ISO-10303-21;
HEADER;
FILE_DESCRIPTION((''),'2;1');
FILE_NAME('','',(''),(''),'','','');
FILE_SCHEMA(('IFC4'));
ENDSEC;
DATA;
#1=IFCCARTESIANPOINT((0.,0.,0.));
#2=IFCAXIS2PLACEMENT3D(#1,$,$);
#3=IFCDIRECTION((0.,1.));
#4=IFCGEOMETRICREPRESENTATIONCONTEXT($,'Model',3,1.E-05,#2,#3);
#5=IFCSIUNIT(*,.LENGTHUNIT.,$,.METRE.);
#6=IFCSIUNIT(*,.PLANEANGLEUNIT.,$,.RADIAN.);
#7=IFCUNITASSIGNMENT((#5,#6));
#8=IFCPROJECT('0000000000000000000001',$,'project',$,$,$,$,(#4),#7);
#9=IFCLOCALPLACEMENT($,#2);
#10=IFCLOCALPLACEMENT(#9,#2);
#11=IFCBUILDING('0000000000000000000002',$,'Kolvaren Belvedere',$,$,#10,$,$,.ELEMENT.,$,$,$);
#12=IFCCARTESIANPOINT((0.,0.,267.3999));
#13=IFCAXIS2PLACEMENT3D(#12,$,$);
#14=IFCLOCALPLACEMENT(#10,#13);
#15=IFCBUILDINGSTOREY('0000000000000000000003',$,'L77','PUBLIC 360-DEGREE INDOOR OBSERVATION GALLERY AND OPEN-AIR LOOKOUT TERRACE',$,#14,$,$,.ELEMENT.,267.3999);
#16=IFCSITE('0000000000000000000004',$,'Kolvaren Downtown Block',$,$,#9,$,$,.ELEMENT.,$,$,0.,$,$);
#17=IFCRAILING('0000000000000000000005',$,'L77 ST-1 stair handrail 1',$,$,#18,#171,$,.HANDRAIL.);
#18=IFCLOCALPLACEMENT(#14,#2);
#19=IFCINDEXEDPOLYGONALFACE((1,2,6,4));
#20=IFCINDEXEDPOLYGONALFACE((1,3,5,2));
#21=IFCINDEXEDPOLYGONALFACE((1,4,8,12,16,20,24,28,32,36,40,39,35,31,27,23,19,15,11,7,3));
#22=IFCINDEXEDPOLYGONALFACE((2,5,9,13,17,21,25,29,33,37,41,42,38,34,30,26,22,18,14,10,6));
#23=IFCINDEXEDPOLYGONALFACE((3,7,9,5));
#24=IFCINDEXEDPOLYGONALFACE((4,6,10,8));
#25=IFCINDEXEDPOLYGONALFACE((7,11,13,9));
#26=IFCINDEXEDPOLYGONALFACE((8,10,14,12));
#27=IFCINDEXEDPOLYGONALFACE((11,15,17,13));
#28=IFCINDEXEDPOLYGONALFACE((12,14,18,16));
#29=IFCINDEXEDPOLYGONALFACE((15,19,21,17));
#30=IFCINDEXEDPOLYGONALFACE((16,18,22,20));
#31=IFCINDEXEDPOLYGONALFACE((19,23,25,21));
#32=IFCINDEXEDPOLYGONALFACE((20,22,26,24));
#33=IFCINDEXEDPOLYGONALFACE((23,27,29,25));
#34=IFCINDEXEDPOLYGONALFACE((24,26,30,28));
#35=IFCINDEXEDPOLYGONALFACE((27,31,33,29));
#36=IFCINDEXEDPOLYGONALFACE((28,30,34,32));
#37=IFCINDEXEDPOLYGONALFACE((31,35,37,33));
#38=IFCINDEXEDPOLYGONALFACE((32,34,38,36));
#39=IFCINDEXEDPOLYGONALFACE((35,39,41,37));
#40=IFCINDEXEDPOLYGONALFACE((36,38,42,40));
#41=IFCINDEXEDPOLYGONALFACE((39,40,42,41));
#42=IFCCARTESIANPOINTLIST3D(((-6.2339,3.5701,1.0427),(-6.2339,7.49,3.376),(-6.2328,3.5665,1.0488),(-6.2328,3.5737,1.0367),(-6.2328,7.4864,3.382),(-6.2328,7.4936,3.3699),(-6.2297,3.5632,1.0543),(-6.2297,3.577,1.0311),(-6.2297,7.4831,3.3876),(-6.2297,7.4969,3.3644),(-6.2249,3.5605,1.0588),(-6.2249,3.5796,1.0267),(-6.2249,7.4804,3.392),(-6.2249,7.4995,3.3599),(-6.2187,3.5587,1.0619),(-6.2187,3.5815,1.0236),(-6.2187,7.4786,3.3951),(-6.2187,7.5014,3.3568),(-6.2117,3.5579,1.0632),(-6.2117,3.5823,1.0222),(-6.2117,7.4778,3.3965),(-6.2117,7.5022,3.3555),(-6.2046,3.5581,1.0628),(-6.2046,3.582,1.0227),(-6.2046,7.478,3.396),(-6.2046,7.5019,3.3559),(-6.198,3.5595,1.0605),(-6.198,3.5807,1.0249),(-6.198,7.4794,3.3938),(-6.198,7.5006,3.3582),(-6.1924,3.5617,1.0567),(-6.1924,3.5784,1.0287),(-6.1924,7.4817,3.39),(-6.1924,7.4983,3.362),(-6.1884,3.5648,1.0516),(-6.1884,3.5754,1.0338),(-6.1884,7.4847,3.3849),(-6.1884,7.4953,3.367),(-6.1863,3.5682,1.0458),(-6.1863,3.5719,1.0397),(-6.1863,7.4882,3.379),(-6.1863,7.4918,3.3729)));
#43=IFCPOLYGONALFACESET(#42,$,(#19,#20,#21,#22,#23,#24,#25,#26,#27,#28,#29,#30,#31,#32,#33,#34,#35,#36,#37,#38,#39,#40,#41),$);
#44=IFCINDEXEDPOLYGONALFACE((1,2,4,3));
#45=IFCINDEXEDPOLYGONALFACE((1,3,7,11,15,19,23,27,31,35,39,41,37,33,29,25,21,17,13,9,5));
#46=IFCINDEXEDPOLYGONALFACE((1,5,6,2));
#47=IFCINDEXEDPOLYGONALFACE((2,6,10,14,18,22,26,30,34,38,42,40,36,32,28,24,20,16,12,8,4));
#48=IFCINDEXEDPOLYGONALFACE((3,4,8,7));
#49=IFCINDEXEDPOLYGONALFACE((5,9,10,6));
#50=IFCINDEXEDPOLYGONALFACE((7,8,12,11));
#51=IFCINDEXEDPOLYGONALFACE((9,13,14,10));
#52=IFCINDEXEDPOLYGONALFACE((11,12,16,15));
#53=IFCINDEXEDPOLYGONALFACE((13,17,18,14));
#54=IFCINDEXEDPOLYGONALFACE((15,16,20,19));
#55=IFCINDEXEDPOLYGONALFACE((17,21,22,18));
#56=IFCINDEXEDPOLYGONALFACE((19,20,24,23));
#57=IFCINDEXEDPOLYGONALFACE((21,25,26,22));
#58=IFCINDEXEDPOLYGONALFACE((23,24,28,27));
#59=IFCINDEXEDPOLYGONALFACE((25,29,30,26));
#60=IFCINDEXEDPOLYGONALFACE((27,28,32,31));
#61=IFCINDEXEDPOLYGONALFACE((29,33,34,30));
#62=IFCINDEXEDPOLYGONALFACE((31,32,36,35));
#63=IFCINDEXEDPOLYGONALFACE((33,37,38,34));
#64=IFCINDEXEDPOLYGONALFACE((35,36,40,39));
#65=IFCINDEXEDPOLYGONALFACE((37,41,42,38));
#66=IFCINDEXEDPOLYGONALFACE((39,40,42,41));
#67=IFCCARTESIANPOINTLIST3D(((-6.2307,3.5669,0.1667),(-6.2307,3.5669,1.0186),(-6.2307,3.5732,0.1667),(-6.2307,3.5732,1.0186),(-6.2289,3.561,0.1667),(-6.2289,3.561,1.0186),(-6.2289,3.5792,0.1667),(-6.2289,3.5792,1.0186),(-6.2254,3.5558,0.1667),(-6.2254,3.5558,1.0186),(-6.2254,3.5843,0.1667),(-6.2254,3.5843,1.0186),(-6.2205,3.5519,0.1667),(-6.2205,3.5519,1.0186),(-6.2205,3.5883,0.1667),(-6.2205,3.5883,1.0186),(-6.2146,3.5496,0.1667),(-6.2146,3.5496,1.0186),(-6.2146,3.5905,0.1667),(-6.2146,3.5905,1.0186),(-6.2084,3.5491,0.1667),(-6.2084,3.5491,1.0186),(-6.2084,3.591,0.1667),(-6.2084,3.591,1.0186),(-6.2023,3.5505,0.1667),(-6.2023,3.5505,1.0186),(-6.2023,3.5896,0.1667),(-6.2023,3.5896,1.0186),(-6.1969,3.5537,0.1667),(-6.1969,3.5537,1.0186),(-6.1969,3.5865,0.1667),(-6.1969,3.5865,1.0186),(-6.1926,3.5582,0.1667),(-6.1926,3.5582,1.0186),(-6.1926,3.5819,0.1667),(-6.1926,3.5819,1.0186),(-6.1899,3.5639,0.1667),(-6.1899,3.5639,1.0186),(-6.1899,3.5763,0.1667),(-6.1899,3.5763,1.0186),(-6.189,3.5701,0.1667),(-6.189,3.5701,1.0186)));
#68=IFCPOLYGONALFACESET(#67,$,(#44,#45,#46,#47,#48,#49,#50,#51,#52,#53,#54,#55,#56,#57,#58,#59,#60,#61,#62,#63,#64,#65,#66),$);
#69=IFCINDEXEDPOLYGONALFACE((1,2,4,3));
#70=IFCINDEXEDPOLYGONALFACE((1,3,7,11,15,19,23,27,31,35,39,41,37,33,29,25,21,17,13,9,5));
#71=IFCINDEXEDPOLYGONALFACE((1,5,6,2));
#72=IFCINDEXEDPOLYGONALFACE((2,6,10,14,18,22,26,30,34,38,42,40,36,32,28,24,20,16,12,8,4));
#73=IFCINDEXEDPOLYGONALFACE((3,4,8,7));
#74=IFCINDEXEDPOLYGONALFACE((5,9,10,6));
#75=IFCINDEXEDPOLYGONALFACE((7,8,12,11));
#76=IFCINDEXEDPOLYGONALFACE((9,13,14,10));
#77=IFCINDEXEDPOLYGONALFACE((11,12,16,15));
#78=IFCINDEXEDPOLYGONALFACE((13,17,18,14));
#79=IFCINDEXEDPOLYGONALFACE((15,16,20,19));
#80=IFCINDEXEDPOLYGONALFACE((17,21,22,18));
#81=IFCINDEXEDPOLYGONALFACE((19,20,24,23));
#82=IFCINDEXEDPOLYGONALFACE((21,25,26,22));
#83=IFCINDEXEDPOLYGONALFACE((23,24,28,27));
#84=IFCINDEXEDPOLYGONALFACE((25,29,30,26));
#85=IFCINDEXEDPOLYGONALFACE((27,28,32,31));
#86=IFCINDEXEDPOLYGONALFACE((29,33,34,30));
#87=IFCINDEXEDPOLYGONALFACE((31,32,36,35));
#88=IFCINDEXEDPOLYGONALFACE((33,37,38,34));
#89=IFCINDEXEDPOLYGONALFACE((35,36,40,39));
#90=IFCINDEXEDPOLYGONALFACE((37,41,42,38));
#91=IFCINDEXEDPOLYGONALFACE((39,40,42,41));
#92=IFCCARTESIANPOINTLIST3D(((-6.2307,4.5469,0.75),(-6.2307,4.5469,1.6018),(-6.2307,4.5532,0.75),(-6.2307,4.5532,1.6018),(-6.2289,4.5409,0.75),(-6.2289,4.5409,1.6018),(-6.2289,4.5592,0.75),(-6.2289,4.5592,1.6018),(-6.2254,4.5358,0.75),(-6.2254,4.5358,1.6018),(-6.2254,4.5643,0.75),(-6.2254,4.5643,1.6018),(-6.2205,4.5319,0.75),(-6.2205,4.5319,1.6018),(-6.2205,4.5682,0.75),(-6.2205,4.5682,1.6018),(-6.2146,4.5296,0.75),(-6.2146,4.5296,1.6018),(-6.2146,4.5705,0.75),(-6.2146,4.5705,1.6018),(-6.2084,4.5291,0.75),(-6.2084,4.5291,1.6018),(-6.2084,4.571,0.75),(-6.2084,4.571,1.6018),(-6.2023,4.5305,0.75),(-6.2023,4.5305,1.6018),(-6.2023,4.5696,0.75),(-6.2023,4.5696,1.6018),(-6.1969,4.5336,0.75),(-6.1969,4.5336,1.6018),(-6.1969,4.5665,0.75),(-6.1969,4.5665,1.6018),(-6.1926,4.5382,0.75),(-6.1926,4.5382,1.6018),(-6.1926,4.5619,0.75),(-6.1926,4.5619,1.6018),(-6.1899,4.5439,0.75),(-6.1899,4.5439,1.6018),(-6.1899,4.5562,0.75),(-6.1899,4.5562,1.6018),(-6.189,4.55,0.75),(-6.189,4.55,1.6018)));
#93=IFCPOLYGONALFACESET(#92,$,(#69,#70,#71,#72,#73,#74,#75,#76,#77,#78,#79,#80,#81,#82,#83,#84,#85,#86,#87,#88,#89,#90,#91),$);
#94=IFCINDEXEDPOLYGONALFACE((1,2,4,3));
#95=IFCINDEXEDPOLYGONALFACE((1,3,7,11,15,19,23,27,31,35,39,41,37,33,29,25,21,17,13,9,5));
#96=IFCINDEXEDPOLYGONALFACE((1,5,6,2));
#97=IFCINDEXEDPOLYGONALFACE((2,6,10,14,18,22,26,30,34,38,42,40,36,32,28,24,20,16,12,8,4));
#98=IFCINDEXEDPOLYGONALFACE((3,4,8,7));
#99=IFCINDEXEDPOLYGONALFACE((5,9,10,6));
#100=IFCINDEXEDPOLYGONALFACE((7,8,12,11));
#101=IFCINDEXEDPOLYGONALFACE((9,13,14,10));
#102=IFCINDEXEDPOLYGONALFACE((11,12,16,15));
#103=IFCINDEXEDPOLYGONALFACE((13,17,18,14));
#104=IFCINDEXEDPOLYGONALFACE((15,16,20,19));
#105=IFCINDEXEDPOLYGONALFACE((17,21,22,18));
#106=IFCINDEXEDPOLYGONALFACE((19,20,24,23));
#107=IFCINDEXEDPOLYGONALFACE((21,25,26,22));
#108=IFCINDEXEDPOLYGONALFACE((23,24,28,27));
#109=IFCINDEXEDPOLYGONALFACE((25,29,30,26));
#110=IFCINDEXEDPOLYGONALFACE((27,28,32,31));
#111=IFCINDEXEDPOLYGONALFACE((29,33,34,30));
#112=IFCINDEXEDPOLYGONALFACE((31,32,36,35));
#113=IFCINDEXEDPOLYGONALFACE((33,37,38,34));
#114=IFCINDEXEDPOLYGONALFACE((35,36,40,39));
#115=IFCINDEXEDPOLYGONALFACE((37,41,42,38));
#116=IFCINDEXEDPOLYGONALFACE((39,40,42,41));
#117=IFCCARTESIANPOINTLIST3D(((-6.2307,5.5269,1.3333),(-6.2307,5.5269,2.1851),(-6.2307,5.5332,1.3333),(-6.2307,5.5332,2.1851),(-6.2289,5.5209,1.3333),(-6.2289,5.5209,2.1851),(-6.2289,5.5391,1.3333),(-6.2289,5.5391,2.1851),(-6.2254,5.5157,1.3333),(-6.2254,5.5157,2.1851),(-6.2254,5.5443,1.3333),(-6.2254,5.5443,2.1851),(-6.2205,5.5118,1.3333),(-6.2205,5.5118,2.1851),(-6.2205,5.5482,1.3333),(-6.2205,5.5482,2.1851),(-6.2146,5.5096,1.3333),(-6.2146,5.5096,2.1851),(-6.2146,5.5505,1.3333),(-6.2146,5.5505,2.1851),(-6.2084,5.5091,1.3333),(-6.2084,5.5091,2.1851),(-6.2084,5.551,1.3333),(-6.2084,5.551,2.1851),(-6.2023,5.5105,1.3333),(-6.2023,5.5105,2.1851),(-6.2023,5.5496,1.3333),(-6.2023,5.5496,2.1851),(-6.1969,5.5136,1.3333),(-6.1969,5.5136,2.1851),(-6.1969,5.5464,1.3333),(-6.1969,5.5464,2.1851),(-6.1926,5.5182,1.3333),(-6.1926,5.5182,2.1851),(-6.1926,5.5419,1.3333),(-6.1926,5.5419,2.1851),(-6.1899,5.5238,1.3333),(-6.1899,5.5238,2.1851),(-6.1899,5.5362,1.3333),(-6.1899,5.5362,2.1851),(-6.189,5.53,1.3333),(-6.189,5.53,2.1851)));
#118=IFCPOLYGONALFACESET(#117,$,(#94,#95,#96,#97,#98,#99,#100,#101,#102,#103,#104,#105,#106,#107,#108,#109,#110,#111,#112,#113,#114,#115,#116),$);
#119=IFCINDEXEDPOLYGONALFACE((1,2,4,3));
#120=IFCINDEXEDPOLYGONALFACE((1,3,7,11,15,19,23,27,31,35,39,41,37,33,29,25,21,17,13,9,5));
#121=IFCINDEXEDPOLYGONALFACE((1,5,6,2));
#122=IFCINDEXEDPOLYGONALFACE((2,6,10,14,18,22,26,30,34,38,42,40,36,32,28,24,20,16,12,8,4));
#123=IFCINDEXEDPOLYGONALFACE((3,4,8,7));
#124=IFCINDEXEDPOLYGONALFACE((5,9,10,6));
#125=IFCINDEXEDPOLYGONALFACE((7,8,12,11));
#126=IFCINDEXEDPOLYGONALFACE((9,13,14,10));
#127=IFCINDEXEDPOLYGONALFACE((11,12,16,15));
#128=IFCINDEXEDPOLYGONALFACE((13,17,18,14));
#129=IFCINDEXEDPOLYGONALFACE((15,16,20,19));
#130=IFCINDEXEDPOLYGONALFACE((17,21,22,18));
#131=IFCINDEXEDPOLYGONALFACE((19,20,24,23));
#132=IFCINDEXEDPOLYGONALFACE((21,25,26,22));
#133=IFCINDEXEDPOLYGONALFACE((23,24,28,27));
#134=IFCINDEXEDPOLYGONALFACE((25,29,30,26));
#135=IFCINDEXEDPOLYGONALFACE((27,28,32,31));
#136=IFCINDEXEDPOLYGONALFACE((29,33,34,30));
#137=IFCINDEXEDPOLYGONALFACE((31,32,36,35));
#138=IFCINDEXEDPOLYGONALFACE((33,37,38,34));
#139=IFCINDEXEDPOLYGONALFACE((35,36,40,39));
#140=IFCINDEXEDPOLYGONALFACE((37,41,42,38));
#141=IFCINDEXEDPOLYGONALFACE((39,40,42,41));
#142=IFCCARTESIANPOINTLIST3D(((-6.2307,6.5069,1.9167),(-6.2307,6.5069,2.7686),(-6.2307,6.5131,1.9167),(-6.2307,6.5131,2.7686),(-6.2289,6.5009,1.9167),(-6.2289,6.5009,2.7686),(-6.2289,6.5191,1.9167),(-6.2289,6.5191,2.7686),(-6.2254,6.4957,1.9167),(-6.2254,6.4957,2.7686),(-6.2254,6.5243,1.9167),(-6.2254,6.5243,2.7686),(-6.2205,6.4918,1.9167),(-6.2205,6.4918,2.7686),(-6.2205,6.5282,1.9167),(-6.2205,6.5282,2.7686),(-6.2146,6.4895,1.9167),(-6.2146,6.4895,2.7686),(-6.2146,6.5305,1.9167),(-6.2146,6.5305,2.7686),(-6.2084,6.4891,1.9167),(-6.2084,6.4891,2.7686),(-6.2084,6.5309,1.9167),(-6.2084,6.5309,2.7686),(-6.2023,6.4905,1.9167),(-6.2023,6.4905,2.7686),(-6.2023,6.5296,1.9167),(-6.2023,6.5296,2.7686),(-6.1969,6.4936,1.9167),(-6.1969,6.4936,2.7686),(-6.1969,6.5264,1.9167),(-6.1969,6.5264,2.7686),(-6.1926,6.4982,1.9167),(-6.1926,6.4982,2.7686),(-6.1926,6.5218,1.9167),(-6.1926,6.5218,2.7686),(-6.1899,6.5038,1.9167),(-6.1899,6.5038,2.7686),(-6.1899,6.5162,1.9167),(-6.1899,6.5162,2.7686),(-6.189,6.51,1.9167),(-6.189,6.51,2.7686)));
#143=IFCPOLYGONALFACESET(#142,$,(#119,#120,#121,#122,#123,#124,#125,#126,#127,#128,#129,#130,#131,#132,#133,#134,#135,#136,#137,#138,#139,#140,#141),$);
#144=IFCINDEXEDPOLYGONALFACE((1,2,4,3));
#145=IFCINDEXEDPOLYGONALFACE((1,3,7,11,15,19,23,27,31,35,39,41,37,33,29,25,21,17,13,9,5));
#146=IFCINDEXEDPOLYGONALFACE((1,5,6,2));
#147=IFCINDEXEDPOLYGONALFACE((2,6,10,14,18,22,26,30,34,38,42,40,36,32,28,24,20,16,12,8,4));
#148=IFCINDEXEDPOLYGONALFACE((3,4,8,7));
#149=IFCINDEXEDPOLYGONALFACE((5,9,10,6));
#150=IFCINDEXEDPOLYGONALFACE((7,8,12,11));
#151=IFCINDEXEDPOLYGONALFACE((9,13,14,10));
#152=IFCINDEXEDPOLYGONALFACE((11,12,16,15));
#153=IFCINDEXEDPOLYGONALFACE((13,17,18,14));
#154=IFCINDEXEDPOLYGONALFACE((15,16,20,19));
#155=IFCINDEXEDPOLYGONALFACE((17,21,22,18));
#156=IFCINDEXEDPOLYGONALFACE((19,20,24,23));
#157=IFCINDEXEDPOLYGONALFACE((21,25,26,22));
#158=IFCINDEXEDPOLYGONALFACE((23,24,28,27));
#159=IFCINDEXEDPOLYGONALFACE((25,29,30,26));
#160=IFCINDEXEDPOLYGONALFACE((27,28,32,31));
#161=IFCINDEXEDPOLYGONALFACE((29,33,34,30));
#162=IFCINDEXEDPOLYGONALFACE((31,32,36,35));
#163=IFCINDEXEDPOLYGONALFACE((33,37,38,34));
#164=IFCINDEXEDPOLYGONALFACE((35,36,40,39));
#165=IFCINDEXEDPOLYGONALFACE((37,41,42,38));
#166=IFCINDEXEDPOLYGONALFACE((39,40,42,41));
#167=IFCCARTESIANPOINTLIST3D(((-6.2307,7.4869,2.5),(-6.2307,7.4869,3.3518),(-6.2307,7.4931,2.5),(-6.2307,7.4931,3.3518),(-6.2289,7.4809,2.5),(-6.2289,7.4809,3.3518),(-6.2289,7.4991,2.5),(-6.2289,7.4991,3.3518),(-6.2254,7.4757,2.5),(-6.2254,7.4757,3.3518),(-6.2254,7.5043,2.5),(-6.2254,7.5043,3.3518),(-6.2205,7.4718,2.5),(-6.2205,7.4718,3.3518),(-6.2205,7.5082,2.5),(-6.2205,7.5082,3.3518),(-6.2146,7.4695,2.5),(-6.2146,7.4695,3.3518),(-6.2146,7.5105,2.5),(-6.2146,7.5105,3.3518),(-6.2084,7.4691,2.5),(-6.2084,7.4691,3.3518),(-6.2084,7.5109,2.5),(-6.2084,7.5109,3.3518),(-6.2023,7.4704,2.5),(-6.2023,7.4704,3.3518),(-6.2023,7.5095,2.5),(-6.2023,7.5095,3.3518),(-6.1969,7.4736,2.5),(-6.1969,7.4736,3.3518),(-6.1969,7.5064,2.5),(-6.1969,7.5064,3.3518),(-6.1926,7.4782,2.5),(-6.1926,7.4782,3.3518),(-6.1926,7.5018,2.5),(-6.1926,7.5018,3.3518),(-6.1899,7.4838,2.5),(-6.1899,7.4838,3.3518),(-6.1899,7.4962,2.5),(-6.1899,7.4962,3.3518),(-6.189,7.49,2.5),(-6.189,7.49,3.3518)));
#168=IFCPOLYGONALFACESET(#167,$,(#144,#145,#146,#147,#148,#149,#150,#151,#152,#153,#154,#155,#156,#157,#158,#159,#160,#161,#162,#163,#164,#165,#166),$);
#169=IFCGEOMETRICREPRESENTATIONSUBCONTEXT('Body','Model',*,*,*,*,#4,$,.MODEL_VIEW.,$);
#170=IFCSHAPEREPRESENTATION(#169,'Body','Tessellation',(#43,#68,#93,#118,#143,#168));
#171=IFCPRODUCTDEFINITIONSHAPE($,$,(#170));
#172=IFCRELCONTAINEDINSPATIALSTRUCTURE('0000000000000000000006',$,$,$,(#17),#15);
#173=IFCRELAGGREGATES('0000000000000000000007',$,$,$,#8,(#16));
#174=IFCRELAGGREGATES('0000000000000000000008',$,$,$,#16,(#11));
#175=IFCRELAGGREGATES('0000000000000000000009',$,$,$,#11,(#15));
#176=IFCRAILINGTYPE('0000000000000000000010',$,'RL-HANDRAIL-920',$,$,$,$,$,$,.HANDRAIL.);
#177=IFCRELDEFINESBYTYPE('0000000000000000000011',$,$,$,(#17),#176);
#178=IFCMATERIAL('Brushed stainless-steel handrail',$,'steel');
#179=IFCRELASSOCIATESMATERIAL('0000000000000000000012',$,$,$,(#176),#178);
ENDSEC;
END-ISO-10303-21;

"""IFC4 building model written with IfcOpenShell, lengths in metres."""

from ifc_helpers import new_model, si_unit, direction, frame, origin, origin_2d, place, context, subcontext, project, spatial, circle, extrude, material, type_object, element, save


model = new_model("IFC4")

# Units and contexts
model_context = context("Model", 3, precision=1e-05, world=origin(), true_north=direction((0.0, 1.0)))
body_context = subcontext(model_context, "Body", "Model", "MODEL_VIEW")
ifc_project = project(units=[si_unit("LENGTHUNIT", "METRE"), si_unit("PLANEANGLEUNIT", "RADIAN")], contexts=[model_context])

# Site, building, storey
site_placement = place(None, origin())
site = spatial("IfcSite", under=ifc_project, at=site_placement, Name="Kolvaren Downtown Block", CompositionType="ELEMENT", RefElevation=0.0)
building_placement = place(site_placement, origin())
building = spatial("IfcBuilding", under=site, at=building_placement, Name="Kolvaren Belvedere", CompositionType="ELEMENT")
storey_placement = place(building_placement, frame((0.0, 0.0, 267.3999)))
storey = spatial("IfcBuildingStorey", under=building, at=storey_placement, Name="L77", Description="PUBLIC 360-DEGREE INDOOR OBSERVATION GALLERY AND OPEN-AIR LOOKOUT TERRACE", CompositionType="ELEMENT", Elevation=267.3999)

# Railing
ifc_material_1 = material(Name="Brushed stainless-steel handrail", Category="steel")
railing_type_1 = type_object("IfcRailingType", Name="RL-HANDRAIL-920", PredefinedType="HANDRAIL", material=ifc_material_1)
railing_1_placement = place(storey_placement, frame((-6.21, 3.5701, 0.1667)))
element("IfcRailing", 1, at=railing_1_placement, inside=storey, type_object=railing_type_1, Name="L77 ST-1 stair handrail 1", PredefinedType="HANDRAIL", context=body_context, shape_type="SweptSolid", body=[
    extrude(circle(Radius=0.0239, at=origin_2d()), frame((0.0, 0.0, 0.876), z_axis=(0.0, 0.859296, 0.511478), x_axis=(-1.0, 0.0, 0.0)), (0.0, 0.0, 1.0), 4.5618),
    extrude(circle(Radius=0.021, at=origin_2d()), origin(), (0.0, 0.0, 1.0), 0.8518),
    extrude(circle(Radius=0.021, at=origin_2d()), frame((0.0, 0.98, 0.5833)), (0.0, 0.0, 1.0), 0.8518),
    extrude(circle(Radius=0.021, at=origin_2d()), frame((0.0, 1.96, 1.1665)), (0.0, 0.0, 1.0), 0.8518),
    extrude(circle(Radius=0.021, at=origin_2d()), frame((0.0, 2.9399, 1.75)), (0.0, 0.0, 1.0), 0.8518),
    extrude(circle(Radius=0.021, at=origin_2d()), frame((0.0, 3.9199, 2.3333)), (0.0, 0.0, 1.0), 0.8518),
])

save(model, "model.ifc")
